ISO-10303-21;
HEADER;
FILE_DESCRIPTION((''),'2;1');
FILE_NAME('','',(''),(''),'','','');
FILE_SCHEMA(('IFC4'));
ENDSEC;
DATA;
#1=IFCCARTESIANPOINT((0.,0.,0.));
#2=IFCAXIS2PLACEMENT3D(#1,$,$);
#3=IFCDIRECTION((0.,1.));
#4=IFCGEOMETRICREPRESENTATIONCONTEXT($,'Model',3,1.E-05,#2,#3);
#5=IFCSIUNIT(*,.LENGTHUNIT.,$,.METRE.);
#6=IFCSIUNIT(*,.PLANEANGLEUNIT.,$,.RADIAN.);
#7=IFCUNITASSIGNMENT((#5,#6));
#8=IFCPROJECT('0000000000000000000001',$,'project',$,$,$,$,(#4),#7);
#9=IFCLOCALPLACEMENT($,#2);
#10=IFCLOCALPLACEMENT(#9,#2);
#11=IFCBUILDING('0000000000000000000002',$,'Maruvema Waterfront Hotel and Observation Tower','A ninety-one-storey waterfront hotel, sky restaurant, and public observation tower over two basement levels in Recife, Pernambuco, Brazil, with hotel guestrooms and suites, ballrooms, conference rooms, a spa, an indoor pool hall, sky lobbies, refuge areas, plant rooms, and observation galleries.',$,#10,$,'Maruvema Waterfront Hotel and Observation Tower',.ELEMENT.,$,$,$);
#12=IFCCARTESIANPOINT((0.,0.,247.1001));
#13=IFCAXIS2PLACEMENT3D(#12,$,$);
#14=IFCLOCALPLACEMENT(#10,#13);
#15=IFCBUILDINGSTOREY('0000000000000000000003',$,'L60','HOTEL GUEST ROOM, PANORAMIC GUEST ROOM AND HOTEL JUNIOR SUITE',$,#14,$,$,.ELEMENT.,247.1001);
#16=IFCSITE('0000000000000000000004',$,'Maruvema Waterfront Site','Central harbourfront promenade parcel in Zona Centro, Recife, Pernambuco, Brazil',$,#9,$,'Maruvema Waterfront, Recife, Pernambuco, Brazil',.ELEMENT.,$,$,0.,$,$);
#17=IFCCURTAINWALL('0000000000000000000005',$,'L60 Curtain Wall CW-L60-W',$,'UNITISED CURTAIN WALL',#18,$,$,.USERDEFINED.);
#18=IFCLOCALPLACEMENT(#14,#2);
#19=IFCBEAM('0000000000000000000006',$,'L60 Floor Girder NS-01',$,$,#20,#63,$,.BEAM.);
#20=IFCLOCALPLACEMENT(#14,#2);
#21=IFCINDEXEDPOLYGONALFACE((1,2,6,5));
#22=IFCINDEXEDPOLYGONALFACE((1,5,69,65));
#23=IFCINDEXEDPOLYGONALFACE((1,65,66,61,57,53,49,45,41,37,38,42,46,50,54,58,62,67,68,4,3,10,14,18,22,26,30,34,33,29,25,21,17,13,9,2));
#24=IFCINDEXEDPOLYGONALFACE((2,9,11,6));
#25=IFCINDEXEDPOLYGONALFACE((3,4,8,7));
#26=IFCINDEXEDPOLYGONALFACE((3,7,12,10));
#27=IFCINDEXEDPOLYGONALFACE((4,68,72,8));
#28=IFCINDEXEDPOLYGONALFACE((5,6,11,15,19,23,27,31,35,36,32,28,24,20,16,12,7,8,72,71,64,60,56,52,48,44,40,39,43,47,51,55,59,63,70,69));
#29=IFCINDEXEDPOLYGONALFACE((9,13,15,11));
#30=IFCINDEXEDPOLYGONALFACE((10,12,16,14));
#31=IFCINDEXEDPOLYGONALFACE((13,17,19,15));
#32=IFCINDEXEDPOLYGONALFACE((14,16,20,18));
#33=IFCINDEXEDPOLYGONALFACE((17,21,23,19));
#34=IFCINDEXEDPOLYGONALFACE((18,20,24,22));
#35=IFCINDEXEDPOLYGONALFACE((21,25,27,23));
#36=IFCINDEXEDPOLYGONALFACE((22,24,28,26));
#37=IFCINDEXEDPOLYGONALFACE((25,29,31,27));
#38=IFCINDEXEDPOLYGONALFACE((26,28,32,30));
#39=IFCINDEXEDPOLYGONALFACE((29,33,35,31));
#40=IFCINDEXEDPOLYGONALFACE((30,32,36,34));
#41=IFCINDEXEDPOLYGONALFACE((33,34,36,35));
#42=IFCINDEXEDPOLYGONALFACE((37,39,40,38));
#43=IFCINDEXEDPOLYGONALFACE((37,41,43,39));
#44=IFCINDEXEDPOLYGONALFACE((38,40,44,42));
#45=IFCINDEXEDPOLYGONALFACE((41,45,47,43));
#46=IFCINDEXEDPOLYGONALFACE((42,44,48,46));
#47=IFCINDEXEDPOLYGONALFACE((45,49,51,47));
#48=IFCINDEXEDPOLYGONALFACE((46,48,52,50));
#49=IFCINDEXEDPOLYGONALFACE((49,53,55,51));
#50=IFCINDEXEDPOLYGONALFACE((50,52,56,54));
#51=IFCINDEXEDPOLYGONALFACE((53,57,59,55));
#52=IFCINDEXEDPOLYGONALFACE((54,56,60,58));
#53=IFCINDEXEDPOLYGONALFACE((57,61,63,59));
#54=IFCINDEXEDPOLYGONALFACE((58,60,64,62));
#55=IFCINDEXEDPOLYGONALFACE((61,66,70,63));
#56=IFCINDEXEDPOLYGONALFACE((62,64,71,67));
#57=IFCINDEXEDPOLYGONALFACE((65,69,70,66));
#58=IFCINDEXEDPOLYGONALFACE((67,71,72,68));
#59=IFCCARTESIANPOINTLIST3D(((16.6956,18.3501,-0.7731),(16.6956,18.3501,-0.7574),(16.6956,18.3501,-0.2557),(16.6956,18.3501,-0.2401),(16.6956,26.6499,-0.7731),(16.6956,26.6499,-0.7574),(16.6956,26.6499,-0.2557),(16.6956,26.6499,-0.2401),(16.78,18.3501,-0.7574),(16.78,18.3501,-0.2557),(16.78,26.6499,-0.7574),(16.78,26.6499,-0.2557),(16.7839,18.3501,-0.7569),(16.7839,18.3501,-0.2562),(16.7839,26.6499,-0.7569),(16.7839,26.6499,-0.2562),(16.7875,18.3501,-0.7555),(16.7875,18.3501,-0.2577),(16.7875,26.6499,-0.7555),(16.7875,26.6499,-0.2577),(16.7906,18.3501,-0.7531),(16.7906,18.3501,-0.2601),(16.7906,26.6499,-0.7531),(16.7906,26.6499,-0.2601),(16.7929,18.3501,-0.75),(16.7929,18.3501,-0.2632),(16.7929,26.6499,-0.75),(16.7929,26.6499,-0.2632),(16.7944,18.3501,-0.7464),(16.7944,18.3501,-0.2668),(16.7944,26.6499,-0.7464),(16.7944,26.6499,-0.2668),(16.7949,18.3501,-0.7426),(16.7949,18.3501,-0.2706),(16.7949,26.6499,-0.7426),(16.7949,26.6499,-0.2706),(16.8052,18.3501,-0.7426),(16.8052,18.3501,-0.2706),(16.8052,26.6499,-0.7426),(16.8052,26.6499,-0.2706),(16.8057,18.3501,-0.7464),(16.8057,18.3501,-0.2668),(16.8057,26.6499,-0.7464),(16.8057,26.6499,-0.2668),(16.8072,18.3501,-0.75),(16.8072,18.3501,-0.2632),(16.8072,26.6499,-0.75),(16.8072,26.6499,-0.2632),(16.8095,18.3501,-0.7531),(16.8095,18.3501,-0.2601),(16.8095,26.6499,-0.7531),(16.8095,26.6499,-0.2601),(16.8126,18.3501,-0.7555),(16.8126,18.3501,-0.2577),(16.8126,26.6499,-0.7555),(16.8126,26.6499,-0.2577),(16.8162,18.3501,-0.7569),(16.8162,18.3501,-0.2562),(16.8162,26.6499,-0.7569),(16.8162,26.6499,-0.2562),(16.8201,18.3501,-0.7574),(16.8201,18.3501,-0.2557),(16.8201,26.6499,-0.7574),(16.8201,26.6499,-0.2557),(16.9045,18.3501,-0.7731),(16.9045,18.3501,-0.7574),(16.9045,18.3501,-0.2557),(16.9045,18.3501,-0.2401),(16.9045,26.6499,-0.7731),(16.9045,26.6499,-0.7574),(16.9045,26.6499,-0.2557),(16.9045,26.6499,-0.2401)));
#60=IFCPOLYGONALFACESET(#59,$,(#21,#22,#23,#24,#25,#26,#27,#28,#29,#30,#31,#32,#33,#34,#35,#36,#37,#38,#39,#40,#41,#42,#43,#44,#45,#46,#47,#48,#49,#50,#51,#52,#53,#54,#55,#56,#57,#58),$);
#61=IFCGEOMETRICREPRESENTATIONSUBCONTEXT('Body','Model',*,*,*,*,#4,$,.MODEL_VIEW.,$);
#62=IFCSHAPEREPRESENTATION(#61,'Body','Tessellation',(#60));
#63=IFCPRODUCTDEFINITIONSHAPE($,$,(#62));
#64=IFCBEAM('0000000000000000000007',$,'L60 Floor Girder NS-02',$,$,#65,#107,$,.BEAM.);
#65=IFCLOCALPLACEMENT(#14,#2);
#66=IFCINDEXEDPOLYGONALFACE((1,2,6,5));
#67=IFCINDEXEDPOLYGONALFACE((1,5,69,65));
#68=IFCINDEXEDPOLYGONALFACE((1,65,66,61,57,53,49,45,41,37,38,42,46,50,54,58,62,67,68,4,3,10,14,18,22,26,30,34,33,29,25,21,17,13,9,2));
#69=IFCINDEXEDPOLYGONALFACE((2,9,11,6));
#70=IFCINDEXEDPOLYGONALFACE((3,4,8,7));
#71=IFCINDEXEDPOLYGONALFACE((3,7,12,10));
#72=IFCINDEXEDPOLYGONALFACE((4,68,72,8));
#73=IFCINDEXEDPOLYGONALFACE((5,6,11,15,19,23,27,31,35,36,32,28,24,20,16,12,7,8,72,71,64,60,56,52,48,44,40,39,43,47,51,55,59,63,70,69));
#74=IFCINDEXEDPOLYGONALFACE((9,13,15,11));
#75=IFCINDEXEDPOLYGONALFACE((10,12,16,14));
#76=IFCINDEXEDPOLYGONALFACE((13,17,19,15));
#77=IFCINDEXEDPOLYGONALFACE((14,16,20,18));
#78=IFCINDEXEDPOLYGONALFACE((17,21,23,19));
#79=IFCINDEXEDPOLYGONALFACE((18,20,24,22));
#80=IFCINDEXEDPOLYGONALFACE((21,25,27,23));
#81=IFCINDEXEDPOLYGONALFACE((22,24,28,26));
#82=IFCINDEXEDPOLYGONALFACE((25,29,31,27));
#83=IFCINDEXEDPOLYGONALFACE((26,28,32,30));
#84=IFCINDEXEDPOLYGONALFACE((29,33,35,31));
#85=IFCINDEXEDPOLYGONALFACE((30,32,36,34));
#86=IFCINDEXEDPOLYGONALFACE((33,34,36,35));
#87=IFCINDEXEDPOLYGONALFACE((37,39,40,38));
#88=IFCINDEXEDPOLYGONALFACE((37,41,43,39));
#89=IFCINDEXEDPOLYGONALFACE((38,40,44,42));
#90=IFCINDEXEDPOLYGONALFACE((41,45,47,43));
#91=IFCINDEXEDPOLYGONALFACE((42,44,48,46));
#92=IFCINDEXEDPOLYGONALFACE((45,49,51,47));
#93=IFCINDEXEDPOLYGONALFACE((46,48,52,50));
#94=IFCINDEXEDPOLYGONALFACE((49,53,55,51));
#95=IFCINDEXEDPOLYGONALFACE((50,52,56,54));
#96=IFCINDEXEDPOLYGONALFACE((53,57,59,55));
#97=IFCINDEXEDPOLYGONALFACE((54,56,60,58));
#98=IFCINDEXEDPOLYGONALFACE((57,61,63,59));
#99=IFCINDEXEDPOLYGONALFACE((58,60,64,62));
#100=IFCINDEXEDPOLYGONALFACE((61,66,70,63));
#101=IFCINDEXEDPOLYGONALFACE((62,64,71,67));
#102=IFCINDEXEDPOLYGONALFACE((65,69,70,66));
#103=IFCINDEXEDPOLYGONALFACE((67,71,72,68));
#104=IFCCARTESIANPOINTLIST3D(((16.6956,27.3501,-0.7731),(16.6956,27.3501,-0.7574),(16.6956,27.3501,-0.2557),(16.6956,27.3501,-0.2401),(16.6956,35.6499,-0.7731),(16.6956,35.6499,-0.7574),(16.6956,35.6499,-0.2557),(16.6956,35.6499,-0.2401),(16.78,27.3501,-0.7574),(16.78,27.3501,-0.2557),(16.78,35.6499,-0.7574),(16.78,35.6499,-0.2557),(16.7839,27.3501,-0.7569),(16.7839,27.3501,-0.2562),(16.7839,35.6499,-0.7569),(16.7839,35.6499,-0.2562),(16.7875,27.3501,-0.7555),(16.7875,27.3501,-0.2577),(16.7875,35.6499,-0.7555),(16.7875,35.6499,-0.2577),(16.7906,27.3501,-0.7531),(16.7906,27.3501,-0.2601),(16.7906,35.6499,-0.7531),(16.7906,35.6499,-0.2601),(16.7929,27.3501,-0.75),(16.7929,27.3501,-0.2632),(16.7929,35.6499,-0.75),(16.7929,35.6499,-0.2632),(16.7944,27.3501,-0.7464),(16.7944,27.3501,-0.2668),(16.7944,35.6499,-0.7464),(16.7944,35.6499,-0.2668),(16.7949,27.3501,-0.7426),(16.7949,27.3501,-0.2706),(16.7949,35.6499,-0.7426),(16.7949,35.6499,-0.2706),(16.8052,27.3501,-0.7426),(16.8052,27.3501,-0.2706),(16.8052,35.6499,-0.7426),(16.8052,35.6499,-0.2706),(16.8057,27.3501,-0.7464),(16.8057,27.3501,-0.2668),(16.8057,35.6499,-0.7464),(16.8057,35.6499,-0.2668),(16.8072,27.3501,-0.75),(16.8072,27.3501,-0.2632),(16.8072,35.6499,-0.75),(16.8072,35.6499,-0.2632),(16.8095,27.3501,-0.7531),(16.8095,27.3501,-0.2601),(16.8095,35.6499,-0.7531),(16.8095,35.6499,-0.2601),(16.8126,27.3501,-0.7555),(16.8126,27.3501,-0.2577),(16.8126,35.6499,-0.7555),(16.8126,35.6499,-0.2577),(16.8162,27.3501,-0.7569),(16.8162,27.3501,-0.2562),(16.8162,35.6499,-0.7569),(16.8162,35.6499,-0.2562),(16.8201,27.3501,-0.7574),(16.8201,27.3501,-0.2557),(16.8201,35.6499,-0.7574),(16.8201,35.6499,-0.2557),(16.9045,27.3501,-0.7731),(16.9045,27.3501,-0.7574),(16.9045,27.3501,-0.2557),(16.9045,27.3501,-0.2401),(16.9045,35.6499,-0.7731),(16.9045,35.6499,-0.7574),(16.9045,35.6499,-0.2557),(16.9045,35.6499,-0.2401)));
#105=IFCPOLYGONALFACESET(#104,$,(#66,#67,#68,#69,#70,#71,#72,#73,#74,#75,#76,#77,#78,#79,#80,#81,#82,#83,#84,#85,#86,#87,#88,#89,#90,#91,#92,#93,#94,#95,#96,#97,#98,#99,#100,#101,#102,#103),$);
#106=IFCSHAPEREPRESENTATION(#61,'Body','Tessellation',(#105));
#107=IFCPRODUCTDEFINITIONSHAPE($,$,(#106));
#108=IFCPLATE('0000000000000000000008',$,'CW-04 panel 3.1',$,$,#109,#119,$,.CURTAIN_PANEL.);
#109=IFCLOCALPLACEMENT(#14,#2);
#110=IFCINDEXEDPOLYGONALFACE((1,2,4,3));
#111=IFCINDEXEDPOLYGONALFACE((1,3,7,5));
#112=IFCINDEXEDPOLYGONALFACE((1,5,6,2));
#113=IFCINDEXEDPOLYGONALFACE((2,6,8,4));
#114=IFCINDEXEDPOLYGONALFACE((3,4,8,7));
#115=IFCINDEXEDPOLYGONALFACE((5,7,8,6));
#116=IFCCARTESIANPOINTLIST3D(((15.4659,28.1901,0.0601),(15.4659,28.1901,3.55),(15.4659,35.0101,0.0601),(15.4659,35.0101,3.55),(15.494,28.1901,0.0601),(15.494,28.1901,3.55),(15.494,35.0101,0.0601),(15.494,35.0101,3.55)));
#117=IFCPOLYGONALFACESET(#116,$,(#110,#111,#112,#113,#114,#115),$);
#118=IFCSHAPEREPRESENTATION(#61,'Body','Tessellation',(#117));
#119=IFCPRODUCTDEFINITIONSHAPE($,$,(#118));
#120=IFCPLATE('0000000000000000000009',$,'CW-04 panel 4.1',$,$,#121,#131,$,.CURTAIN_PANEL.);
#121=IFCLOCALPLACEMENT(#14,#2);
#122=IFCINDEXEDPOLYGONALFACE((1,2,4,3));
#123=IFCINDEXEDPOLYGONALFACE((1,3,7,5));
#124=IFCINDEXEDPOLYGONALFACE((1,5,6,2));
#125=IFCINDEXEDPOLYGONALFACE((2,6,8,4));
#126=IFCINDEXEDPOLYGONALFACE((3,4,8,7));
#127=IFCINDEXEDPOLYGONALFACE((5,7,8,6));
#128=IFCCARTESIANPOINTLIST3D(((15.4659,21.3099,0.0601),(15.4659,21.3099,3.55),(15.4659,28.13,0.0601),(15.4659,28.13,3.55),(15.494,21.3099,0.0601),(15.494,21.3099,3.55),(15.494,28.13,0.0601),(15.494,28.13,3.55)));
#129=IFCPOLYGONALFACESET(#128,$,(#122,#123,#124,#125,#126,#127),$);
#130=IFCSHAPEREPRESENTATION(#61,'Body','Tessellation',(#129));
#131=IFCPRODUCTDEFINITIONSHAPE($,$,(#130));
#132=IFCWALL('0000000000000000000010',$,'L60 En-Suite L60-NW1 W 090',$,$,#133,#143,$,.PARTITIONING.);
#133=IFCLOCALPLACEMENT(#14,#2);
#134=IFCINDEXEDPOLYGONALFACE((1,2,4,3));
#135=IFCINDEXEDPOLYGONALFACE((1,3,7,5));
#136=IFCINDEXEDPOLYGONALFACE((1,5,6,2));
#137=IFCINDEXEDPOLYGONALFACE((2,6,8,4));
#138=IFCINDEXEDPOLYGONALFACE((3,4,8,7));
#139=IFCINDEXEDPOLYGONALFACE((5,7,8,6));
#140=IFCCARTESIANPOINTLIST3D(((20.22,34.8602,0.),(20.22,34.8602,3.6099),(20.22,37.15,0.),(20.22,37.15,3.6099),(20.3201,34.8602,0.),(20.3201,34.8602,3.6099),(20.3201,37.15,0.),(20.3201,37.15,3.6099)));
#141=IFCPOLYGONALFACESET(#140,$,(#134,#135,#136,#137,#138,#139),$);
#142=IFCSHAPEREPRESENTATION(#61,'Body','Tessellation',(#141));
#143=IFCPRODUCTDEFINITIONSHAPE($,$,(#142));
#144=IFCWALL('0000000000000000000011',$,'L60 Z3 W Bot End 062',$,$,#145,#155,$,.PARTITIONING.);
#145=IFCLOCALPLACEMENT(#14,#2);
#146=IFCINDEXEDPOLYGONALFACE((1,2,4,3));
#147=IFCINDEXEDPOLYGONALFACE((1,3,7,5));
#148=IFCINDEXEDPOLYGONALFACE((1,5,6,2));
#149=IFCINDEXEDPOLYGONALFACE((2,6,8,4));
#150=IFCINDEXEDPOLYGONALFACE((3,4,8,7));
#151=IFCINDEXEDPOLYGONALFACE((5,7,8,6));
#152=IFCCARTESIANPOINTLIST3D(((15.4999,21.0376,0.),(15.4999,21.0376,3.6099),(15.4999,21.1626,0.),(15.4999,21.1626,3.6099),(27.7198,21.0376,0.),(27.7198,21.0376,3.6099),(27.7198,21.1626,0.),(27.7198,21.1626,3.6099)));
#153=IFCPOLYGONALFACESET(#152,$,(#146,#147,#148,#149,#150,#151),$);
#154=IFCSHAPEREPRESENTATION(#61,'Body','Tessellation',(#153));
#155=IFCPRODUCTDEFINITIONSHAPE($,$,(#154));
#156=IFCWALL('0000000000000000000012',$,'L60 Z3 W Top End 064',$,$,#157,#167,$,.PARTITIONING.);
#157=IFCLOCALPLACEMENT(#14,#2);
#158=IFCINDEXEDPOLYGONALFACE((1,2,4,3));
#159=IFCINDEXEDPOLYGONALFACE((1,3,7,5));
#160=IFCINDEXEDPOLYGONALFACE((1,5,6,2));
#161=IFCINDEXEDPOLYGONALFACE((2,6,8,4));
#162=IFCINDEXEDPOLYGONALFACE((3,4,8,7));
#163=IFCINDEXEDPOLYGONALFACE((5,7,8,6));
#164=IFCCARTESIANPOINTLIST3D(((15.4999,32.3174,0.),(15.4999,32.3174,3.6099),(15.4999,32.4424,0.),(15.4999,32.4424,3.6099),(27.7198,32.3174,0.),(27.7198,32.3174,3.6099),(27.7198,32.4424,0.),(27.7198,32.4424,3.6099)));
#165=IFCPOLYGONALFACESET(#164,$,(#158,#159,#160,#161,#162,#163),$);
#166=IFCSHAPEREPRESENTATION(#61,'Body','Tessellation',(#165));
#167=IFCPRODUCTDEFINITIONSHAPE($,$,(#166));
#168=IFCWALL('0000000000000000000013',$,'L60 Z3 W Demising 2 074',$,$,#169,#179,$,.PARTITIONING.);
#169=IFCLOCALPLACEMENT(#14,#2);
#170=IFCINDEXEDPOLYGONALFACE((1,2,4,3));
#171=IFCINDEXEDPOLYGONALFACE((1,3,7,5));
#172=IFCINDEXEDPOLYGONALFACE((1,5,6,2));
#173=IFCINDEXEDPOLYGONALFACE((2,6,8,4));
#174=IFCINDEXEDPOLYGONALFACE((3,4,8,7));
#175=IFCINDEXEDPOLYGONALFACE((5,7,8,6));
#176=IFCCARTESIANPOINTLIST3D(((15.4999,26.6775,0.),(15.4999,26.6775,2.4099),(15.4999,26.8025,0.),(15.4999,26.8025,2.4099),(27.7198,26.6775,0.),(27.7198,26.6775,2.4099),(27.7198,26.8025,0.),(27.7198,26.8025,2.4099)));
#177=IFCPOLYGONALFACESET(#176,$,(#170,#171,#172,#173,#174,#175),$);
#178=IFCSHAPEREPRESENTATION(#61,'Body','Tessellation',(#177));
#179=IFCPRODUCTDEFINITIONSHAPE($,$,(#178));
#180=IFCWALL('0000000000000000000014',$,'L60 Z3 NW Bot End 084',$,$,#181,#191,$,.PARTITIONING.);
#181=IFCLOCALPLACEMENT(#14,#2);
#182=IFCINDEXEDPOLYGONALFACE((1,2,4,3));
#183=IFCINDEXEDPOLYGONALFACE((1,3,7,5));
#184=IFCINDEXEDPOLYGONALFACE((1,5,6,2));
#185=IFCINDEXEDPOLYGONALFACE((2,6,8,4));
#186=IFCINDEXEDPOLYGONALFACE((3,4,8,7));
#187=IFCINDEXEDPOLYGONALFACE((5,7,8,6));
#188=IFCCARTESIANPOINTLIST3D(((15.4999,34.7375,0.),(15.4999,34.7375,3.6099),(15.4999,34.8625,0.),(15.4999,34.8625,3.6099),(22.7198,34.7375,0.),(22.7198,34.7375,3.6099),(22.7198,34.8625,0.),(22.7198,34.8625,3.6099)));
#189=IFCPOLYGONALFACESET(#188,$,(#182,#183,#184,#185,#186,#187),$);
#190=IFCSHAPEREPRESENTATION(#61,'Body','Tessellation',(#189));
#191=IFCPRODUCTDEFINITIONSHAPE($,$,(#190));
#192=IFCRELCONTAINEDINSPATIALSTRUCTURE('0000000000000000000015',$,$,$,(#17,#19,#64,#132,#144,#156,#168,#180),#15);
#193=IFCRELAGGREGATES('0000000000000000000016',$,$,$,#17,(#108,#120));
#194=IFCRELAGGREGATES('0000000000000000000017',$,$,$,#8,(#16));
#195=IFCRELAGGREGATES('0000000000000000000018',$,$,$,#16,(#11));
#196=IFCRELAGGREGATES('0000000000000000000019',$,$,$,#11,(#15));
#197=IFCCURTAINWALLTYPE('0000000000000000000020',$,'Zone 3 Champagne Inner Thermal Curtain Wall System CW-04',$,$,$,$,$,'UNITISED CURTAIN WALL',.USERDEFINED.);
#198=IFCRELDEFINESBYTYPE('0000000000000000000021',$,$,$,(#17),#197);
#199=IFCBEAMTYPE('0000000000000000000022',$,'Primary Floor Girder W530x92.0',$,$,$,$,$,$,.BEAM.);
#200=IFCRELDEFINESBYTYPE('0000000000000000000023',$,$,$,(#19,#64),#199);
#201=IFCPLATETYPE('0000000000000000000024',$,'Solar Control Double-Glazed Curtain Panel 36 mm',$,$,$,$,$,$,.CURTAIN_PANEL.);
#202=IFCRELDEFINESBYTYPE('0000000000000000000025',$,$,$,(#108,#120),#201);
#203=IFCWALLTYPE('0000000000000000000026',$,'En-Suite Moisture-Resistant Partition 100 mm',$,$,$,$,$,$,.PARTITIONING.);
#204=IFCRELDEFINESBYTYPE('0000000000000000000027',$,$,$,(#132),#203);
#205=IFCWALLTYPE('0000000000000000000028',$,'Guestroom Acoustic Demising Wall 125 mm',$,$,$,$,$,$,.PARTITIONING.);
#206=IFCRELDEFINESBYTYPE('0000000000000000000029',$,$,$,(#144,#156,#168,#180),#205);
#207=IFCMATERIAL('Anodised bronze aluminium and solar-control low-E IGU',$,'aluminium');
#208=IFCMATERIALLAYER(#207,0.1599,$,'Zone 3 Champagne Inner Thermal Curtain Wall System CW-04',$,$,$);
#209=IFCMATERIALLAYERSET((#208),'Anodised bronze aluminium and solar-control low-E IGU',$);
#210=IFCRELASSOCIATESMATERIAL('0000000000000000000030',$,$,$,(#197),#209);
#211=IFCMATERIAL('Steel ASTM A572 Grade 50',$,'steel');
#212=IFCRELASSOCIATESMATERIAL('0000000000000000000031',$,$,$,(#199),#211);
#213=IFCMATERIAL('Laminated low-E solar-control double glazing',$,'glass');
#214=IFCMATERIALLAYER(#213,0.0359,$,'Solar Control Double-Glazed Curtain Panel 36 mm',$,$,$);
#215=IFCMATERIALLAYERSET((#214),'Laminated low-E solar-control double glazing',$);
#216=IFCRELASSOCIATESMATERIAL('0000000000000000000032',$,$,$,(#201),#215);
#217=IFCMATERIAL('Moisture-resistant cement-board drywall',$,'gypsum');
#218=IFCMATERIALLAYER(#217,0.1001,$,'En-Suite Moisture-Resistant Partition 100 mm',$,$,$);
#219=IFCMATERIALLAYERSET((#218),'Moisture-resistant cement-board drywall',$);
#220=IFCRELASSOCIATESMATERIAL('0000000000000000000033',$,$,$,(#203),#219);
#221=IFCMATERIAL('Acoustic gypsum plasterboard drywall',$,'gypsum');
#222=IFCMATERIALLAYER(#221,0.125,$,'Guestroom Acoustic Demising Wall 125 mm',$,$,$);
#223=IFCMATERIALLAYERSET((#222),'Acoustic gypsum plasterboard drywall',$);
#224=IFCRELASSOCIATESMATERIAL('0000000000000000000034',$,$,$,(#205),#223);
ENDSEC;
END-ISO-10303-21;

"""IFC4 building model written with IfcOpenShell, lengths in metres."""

from ifc_helpers import new_model, si_unit, direction, frame, frame_2d, origin, origin_2d, place, context, subcontext, project, spatial, rectangle, i_section, extrude, material, layer, layer_set, material_profile, profile_set, type_object, element, aggregate, save


model = new_model("IFC4")

# Units and contexts
model_context = context("Model", 3, precision=1e-05, world=origin(), true_north=direction((0.0, 1.0)))
body_context = subcontext(model_context, "Body", "Model", "MODEL_VIEW")
ifc_project = project(units=[si_unit("LENGTHUNIT", "METRE"), si_unit("PLANEANGLEUNIT", "RADIAN")], contexts=[model_context])

# Site, building, storey
site_placement = place(None, origin())
site = spatial("IfcSite", under=ifc_project, at=site_placement, Name="Maruvema Waterfront Site", Description="Central harbourfront promenade parcel in Zona Centro, Recife, Pernambuco, Brazil", LongName="Maruvema Waterfront, Recife, Pernambuco, Brazil", CompositionType="ELEMENT", RefElevation=0.0)
building_placement = place(site_placement, origin())
building = spatial("IfcBuilding", under=site, at=building_placement, Name="Maruvema Waterfront Hotel and Observation Tower", Description="A ninety-one-storey waterfront hotel, sky restaurant, and public observation tower over two basement levels in Recife, Pernambuco, Brazil, with hotel guestrooms and suites, ballrooms, conference rooms, a spa, an indoor pool hall, sky lobbies, refuge areas, plant rooms, and observation galleries.", LongName="Maruvema Waterfront Hotel and Observation Tower", CompositionType="ELEMENT")
storey_placement = place(building_placement, frame((0.0, 0.0, 247.1001)))
storey = spatial("IfcBuildingStorey", under=building, at=storey_placement, Name="L60", Description="HOTEL GUEST ROOM, PANORAMIC GUEST ROOM AND HOTEL JUNIOR SUITE", CompositionType="ELEMENT", Elevation=247.1001)

# Curtain wall
ifc_material_1 = material(Name="Anodised bronze aluminium and solar-control low-E IGU", Category="aluminium")
ifc_layer_1 = layer(ifc_material_1, 0.1599, Name="Zone 3 Champagne Inner Thermal Curtain Wall System CW-04")
ifc_layer_set_1 = layer_set([ifc_layer_1], Name="Anodised bronze aluminium and solar-control low-E IGU")
curtain_wall_type = type_object("IfcCurtainWallType", Name="Zone 3 Champagne Inner Thermal Curtain Wall System CW-04", ElementType="UNITISED CURTAIN WALL", PredefinedType="USERDEFINED", material=ifc_layer_set_1)
curtain_wall_placement = place(storey_placement, origin())
curtain_wall = element("IfcCurtainWall", 1, at=curtain_wall_placement, inside=storey, type_object=curtain_wall_type, Name="L60 Curtain Wall CW-L60-W", ObjectType="UNITISED CURTAIN WALL", PredefinedType="USERDEFINED")

# Beams
ifc_material_2 = material(Name="Steel ASTM A572 Grade 50", Category="steel")
ifc_material_profile_1 = material_profile(ifc_material_2, i_section(OverallWidth=0.209, OverallDepth=0.533, WebThickness=0.0103, FlangeThickness=0.0156, FilletRadius=0.0149, at=origin_2d()), Name="W530x92.0")
ifc_profile_set_1 = profile_set([ifc_material_profile_1], Name="Steel ASTM A572 Grade 50")
beam_type = type_object("IfcBeamType", Name="Primary Floor Girder W530x92.0", PredefinedType="BEAM", material=ifc_profile_set_1)
for number, where, z_axis, x_axis, name in (
    (2, (16.8, 18.3501, -0.5066), (0.0, 1.0, 0.0), (-1.0, 0.0, 0.0), "L60 Floor Girder NS-01"),
    (3, (16.8, 27.3501, -0.5066), (0.0, 1.0, 0.0), (-1.0, 0.0, 0.0), "L60 Floor Girder NS-02"),
):
    element("IfcBeam", number, at=place(storey_placement, frame(where, z_axis=z_axis, x_axis=x_axis)), inside=storey, type_object=beam_type, Name=name, PredefinedType="BEAM", context=body_context, shape_type="SweptSolid", body=[
        extrude(i_section(OverallWidth=0.209, OverallDepth=0.533, WebThickness=0.0103, FlangeThickness=0.0156, FilletRadius=0.0149, at=origin_2d()), origin(), (0.0, 0.0, 1.0), 8.2998),
    ])

# Plates
ifc_material_3 = material(Name="Laminated low-E solar-control double glazing", Category="glass")
ifc_layer_2 = layer(ifc_material_3, 0.0359, Name="Solar Control Double-Glazed Curtain Panel 36 mm")
ifc_layer_set_2 = layer_set([ifc_layer_2], Name="Laminated low-E solar-control double glazing")
plate_type = type_object("IfcPlateType", Name="Solar Control Double-Glazed Curtain Panel 36 mm", PredefinedType="CURTAIN_PANEL", material=ifc_layer_set_2)
plate_1_placement = place(storey_placement, frame((15.48, 31.6001, 0.0601), z_axis=(0.0, 0.0, 1.0), x_axis=(0.0, -1.0, 0.0)))
plate_1 = element("IfcPlate", 4, at=plate_1_placement, type_object=plate_type, Name="CW-04 panel 3.1", PredefinedType="CURTAIN_PANEL", context=body_context, shape_type="SweptSolid", body=[
    extrude(rectangle(XDim=6.8201, YDim=0.0281, at=origin_2d()), origin(), (0.0, 0.0, 1.0), 3.49),
])
plate_2_placement = place(storey_placement, frame((15.48, 24.72, 0.0601), z_axis=(0.0, 0.0, 1.0), x_axis=(0.0, -1.0, 0.0)))
plate_2 = element("IfcPlate", 5, at=plate_2_placement, type_object=plate_type, Name="CW-04 panel 4.1", PredefinedType="CURTAIN_PANEL", context=body_context, shape_type="SweptSolid", body=[
    extrude(rectangle(XDim=6.8201, YDim=0.0281, at=origin_2d()), origin(), (0.0, 0.0, 1.0), 3.49),
])
aggregate(curtain_wall, [plate_1, plate_2])

# Walls
ifc_material_4 = material(Name="Moisture-resistant cement-board drywall", Category="gypsum")
ifc_layer_3 = layer(ifc_material_4, 0.1001, Name="En-Suite Moisture-Resistant Partition 100 mm")
ifc_layer_set_3 = layer_set([ifc_layer_3], Name="Moisture-resistant cement-board drywall")
wall_type_1 = type_object("IfcWallType", Name="En-Suite Moisture-Resistant Partition 100 mm", PredefinedType="PARTITIONING", material=ifc_layer_set_3)
wall_1_placement = place(storey_placement, frame((20.27, 34.8601, 0.0), z_axis=(0.0, 0.0, 1.0), x_axis=(0.0, 1.0, 0.0)))
element("IfcWall", 6, at=wall_1_placement, inside=storey, type_object=wall_type_1, Name="L60 En-Suite L60-NW1 W 090", PredefinedType="PARTITIONING", context=body_context, shape_type="SweptSolid", body=[
    extrude(rectangle(XDim=2.2898, YDim=0.1001, at=frame_2d((1.145, 0.0))), origin(), (0.0, 0.0, 1.0), 3.6099),
])
ifc_material_5 = material(Name="Acoustic gypsum plasterboard drywall", Category="gypsum")
ifc_layer_4 = layer(ifc_material_5, 0.125, Name="Guestroom Acoustic Demising Wall 125 mm")
ifc_layer_set_4 = layer_set([ifc_layer_4], Name="Acoustic gypsum plasterboard drywall")
wall_type_2 = type_object("IfcWallType", Name="Guestroom Acoustic Demising Wall 125 mm", PredefinedType="PARTITIONING", material=ifc_layer_set_4)
for number, where, z_axis, x_axis, name in (
    (7, (15.5, 21.1001, 0.0), (0.0, 0.0, 1.0), (1.0, 0.0, 0.0), "L60 Z3 W Bot End 062"),
    (8, (15.5, 32.3799, 0.0), (0.0, 0.0, 1.0), (1.0, 0.0, 0.0), "L60 Z3 W Top End 064"),
):
    element("IfcWall", number, at=place(storey_placement, frame(where, z_axis=z_axis, x_axis=x_axis)), inside=storey, type_object=wall_type_2, Name=name, PredefinedType="PARTITIONING", context=body_context, shape_type="SweptSolid", body=[
        extrude(rectangle(XDim=12.22, YDim=0.125, at=frame_2d((6.1099, 0.0))), origin(), (0.0, 0.0, 1.0), 3.6099),
    ])
wall_2_placement = place(storey_placement, frame((15.5, 26.74, 0.0), z_axis=(0.0, 0.0, 1.0), x_axis=(1.0, 0.0, 0.0)))
element("IfcWall", 9, at=wall_2_placement, inside=storey, type_object=wall_type_2, Name="L60 Z3 W Demising 2 074", PredefinedType="PARTITIONING", context=body_context, shape_type="SweptSolid", body=[
    extrude(rectangle(XDim=12.22, YDim=0.125, at=frame_2d((6.1099, 0.0))), origin(), (0.0, 0.0, 1.0), 2.4099),
])
wall_3_placement = place(storey_placement, frame((15.5, 34.8, 0.0), z_axis=(0.0, 0.0, 1.0), x_axis=(1.0, 0.0, 0.0)))
element("IfcWall", 10, at=wall_3_placement, inside=storey, type_object=wall_type_2, Name="L60 Z3 NW Bot End 084", PredefinedType="PARTITIONING", context=body_context, shape_type="SweptSolid", body=[
    extrude(rectangle(XDim=7.22, YDim=0.125, at=frame_2d((3.6099, 0.0))), origin(), (0.0, 0.0, 1.0), 3.6099),
])

save(model, "model.ifc")
